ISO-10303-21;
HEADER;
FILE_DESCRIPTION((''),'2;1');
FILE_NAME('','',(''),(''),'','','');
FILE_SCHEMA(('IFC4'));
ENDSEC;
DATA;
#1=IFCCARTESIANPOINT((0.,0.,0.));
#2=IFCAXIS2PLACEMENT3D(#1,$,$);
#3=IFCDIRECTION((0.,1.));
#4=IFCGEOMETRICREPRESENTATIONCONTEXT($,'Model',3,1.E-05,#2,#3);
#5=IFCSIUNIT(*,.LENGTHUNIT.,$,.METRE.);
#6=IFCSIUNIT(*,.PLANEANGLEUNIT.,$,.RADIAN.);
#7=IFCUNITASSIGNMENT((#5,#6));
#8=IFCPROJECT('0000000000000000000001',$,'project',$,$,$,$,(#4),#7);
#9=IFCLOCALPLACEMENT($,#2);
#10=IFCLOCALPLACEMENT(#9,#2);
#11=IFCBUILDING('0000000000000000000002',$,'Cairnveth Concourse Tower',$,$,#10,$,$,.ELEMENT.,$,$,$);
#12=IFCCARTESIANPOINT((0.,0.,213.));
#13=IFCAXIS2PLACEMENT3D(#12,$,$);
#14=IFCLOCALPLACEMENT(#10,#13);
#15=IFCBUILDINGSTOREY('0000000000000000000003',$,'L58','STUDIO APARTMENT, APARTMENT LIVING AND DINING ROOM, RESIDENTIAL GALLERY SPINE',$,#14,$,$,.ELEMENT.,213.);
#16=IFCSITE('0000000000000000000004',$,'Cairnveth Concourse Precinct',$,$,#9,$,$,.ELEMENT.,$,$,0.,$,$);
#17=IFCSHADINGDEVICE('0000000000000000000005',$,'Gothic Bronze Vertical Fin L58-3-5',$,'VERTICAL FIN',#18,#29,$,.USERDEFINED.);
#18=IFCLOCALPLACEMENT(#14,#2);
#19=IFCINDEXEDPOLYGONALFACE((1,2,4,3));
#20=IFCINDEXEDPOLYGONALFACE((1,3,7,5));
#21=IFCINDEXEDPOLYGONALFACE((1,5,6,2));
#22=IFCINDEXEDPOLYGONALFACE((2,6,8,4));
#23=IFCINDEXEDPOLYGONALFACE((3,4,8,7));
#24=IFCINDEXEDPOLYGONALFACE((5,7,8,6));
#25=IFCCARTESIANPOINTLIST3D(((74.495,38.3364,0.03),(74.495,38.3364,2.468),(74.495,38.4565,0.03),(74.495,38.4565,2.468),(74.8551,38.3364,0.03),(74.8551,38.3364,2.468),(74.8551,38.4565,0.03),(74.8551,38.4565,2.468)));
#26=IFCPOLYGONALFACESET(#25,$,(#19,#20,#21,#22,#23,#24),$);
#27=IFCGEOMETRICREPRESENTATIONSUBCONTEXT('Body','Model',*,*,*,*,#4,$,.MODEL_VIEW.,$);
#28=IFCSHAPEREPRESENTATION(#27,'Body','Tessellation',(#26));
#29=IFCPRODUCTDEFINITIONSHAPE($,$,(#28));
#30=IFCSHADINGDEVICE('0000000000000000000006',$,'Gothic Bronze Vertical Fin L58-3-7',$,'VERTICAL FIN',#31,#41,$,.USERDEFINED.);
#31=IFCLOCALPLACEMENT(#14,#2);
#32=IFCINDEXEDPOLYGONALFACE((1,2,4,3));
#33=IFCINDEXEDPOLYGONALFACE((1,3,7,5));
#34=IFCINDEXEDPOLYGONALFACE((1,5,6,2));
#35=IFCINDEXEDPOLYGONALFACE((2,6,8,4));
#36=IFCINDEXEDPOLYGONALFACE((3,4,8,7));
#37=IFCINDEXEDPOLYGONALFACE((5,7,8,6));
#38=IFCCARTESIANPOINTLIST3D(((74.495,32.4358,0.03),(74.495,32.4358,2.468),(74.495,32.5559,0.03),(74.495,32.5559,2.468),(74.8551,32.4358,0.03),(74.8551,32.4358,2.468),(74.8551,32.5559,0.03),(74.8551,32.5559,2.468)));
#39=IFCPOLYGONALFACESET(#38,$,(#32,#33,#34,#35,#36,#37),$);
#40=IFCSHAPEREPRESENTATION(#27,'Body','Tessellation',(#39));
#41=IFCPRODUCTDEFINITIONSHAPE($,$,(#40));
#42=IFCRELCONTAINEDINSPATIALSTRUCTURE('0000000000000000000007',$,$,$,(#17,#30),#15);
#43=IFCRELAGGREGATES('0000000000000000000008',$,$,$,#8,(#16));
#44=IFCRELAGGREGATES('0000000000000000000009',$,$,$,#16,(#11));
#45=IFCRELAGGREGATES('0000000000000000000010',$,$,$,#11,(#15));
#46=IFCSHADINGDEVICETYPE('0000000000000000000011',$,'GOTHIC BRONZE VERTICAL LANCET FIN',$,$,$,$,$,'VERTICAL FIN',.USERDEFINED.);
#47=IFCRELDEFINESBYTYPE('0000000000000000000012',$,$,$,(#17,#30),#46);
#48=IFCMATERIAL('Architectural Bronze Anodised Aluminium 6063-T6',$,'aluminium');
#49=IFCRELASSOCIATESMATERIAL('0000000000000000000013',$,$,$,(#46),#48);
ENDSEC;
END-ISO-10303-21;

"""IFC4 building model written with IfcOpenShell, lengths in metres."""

from ifc_helpers import new_model, si_unit, direction, frame, origin, origin_2d, place, context, subcontext, project, spatial, rectangle, extrude, material, type_object, element, save


model = new_model("IFC4")

# Units and contexts
model_context = context("Model", 3, precision=1e-05, world=origin(), true_north=direction((0.0, 1.0)))
body_context = subcontext(model_context, "Body", "Model", "MODEL_VIEW")
ifc_project = project(units=[si_unit("LENGTHUNIT", "METRE"), si_unit("PLANEANGLEUNIT", "RADIAN")], contexts=[model_context])

# Site, building, storey
site_placement = place(None, origin())
site = spatial("IfcSite", under=ifc_project, at=site_placement, Name="Cairnveth Concourse Precinct", CompositionType="ELEMENT", RefElevation=0.0)
building_placement = place(site_placement, origin())
building = spatial("IfcBuilding", under=site, at=building_placement, Name="Cairnveth Concourse Tower", CompositionType="ELEMENT")
storey_placement = place(building_placement, frame((0.0, 0.0, 213.0)))
storey = spatial("IfcBuildingStorey", under=building, at=storey_placement, Name="L58", Description="STUDIO APARTMENT, APARTMENT LIVING AND DINING ROOM, RESIDENTIAL GALLERY SPINE", CompositionType="ELEMENT", Elevation=213.0)

# Shading devices
ifc_material_1 = material(Name="Architectural Bronze Anodised Aluminium 6063-T6", Category="aluminium")
shading_device_type = type_object("IfcShadingDeviceType", Name="GOTHIC BRONZE VERTICAL LANCET FIN", ElementType="VERTICAL FIN", PredefinedType="USERDEFINED", material=ifc_material_1)
for number, where, z_axis, x_axis, name in (
    (1, (74.675, 38.3965, 0.03), (0.0, 0.0, 1.0), (0.0, 1.0, 0.0), "Gothic Bronze Vertical Fin L58-3-5"),
    (2, (74.675, 32.4958, 0.03), (0.0, 0.0, 1.0), (0.0, 1.0, 0.0), "Gothic Bronze Vertical Fin L58-3-7"),
):
    element("IfcShadingDevice", number, at=place(storey_placement, frame(where, z_axis=z_axis, x_axis=x_axis)), inside=storey, type_object=shading_device_type, Name=name, ObjectType="VERTICAL FIN", PredefinedType="USERDEFINED", context=body_context, shape_type="SweptSolid", body=[
        extrude(rectangle(XDim=0.1201, YDim=0.3601, at=origin_2d()), origin(), (0.0, 0.0, 1.0), 2.438),
    ])

save(model, "model.ifc")
